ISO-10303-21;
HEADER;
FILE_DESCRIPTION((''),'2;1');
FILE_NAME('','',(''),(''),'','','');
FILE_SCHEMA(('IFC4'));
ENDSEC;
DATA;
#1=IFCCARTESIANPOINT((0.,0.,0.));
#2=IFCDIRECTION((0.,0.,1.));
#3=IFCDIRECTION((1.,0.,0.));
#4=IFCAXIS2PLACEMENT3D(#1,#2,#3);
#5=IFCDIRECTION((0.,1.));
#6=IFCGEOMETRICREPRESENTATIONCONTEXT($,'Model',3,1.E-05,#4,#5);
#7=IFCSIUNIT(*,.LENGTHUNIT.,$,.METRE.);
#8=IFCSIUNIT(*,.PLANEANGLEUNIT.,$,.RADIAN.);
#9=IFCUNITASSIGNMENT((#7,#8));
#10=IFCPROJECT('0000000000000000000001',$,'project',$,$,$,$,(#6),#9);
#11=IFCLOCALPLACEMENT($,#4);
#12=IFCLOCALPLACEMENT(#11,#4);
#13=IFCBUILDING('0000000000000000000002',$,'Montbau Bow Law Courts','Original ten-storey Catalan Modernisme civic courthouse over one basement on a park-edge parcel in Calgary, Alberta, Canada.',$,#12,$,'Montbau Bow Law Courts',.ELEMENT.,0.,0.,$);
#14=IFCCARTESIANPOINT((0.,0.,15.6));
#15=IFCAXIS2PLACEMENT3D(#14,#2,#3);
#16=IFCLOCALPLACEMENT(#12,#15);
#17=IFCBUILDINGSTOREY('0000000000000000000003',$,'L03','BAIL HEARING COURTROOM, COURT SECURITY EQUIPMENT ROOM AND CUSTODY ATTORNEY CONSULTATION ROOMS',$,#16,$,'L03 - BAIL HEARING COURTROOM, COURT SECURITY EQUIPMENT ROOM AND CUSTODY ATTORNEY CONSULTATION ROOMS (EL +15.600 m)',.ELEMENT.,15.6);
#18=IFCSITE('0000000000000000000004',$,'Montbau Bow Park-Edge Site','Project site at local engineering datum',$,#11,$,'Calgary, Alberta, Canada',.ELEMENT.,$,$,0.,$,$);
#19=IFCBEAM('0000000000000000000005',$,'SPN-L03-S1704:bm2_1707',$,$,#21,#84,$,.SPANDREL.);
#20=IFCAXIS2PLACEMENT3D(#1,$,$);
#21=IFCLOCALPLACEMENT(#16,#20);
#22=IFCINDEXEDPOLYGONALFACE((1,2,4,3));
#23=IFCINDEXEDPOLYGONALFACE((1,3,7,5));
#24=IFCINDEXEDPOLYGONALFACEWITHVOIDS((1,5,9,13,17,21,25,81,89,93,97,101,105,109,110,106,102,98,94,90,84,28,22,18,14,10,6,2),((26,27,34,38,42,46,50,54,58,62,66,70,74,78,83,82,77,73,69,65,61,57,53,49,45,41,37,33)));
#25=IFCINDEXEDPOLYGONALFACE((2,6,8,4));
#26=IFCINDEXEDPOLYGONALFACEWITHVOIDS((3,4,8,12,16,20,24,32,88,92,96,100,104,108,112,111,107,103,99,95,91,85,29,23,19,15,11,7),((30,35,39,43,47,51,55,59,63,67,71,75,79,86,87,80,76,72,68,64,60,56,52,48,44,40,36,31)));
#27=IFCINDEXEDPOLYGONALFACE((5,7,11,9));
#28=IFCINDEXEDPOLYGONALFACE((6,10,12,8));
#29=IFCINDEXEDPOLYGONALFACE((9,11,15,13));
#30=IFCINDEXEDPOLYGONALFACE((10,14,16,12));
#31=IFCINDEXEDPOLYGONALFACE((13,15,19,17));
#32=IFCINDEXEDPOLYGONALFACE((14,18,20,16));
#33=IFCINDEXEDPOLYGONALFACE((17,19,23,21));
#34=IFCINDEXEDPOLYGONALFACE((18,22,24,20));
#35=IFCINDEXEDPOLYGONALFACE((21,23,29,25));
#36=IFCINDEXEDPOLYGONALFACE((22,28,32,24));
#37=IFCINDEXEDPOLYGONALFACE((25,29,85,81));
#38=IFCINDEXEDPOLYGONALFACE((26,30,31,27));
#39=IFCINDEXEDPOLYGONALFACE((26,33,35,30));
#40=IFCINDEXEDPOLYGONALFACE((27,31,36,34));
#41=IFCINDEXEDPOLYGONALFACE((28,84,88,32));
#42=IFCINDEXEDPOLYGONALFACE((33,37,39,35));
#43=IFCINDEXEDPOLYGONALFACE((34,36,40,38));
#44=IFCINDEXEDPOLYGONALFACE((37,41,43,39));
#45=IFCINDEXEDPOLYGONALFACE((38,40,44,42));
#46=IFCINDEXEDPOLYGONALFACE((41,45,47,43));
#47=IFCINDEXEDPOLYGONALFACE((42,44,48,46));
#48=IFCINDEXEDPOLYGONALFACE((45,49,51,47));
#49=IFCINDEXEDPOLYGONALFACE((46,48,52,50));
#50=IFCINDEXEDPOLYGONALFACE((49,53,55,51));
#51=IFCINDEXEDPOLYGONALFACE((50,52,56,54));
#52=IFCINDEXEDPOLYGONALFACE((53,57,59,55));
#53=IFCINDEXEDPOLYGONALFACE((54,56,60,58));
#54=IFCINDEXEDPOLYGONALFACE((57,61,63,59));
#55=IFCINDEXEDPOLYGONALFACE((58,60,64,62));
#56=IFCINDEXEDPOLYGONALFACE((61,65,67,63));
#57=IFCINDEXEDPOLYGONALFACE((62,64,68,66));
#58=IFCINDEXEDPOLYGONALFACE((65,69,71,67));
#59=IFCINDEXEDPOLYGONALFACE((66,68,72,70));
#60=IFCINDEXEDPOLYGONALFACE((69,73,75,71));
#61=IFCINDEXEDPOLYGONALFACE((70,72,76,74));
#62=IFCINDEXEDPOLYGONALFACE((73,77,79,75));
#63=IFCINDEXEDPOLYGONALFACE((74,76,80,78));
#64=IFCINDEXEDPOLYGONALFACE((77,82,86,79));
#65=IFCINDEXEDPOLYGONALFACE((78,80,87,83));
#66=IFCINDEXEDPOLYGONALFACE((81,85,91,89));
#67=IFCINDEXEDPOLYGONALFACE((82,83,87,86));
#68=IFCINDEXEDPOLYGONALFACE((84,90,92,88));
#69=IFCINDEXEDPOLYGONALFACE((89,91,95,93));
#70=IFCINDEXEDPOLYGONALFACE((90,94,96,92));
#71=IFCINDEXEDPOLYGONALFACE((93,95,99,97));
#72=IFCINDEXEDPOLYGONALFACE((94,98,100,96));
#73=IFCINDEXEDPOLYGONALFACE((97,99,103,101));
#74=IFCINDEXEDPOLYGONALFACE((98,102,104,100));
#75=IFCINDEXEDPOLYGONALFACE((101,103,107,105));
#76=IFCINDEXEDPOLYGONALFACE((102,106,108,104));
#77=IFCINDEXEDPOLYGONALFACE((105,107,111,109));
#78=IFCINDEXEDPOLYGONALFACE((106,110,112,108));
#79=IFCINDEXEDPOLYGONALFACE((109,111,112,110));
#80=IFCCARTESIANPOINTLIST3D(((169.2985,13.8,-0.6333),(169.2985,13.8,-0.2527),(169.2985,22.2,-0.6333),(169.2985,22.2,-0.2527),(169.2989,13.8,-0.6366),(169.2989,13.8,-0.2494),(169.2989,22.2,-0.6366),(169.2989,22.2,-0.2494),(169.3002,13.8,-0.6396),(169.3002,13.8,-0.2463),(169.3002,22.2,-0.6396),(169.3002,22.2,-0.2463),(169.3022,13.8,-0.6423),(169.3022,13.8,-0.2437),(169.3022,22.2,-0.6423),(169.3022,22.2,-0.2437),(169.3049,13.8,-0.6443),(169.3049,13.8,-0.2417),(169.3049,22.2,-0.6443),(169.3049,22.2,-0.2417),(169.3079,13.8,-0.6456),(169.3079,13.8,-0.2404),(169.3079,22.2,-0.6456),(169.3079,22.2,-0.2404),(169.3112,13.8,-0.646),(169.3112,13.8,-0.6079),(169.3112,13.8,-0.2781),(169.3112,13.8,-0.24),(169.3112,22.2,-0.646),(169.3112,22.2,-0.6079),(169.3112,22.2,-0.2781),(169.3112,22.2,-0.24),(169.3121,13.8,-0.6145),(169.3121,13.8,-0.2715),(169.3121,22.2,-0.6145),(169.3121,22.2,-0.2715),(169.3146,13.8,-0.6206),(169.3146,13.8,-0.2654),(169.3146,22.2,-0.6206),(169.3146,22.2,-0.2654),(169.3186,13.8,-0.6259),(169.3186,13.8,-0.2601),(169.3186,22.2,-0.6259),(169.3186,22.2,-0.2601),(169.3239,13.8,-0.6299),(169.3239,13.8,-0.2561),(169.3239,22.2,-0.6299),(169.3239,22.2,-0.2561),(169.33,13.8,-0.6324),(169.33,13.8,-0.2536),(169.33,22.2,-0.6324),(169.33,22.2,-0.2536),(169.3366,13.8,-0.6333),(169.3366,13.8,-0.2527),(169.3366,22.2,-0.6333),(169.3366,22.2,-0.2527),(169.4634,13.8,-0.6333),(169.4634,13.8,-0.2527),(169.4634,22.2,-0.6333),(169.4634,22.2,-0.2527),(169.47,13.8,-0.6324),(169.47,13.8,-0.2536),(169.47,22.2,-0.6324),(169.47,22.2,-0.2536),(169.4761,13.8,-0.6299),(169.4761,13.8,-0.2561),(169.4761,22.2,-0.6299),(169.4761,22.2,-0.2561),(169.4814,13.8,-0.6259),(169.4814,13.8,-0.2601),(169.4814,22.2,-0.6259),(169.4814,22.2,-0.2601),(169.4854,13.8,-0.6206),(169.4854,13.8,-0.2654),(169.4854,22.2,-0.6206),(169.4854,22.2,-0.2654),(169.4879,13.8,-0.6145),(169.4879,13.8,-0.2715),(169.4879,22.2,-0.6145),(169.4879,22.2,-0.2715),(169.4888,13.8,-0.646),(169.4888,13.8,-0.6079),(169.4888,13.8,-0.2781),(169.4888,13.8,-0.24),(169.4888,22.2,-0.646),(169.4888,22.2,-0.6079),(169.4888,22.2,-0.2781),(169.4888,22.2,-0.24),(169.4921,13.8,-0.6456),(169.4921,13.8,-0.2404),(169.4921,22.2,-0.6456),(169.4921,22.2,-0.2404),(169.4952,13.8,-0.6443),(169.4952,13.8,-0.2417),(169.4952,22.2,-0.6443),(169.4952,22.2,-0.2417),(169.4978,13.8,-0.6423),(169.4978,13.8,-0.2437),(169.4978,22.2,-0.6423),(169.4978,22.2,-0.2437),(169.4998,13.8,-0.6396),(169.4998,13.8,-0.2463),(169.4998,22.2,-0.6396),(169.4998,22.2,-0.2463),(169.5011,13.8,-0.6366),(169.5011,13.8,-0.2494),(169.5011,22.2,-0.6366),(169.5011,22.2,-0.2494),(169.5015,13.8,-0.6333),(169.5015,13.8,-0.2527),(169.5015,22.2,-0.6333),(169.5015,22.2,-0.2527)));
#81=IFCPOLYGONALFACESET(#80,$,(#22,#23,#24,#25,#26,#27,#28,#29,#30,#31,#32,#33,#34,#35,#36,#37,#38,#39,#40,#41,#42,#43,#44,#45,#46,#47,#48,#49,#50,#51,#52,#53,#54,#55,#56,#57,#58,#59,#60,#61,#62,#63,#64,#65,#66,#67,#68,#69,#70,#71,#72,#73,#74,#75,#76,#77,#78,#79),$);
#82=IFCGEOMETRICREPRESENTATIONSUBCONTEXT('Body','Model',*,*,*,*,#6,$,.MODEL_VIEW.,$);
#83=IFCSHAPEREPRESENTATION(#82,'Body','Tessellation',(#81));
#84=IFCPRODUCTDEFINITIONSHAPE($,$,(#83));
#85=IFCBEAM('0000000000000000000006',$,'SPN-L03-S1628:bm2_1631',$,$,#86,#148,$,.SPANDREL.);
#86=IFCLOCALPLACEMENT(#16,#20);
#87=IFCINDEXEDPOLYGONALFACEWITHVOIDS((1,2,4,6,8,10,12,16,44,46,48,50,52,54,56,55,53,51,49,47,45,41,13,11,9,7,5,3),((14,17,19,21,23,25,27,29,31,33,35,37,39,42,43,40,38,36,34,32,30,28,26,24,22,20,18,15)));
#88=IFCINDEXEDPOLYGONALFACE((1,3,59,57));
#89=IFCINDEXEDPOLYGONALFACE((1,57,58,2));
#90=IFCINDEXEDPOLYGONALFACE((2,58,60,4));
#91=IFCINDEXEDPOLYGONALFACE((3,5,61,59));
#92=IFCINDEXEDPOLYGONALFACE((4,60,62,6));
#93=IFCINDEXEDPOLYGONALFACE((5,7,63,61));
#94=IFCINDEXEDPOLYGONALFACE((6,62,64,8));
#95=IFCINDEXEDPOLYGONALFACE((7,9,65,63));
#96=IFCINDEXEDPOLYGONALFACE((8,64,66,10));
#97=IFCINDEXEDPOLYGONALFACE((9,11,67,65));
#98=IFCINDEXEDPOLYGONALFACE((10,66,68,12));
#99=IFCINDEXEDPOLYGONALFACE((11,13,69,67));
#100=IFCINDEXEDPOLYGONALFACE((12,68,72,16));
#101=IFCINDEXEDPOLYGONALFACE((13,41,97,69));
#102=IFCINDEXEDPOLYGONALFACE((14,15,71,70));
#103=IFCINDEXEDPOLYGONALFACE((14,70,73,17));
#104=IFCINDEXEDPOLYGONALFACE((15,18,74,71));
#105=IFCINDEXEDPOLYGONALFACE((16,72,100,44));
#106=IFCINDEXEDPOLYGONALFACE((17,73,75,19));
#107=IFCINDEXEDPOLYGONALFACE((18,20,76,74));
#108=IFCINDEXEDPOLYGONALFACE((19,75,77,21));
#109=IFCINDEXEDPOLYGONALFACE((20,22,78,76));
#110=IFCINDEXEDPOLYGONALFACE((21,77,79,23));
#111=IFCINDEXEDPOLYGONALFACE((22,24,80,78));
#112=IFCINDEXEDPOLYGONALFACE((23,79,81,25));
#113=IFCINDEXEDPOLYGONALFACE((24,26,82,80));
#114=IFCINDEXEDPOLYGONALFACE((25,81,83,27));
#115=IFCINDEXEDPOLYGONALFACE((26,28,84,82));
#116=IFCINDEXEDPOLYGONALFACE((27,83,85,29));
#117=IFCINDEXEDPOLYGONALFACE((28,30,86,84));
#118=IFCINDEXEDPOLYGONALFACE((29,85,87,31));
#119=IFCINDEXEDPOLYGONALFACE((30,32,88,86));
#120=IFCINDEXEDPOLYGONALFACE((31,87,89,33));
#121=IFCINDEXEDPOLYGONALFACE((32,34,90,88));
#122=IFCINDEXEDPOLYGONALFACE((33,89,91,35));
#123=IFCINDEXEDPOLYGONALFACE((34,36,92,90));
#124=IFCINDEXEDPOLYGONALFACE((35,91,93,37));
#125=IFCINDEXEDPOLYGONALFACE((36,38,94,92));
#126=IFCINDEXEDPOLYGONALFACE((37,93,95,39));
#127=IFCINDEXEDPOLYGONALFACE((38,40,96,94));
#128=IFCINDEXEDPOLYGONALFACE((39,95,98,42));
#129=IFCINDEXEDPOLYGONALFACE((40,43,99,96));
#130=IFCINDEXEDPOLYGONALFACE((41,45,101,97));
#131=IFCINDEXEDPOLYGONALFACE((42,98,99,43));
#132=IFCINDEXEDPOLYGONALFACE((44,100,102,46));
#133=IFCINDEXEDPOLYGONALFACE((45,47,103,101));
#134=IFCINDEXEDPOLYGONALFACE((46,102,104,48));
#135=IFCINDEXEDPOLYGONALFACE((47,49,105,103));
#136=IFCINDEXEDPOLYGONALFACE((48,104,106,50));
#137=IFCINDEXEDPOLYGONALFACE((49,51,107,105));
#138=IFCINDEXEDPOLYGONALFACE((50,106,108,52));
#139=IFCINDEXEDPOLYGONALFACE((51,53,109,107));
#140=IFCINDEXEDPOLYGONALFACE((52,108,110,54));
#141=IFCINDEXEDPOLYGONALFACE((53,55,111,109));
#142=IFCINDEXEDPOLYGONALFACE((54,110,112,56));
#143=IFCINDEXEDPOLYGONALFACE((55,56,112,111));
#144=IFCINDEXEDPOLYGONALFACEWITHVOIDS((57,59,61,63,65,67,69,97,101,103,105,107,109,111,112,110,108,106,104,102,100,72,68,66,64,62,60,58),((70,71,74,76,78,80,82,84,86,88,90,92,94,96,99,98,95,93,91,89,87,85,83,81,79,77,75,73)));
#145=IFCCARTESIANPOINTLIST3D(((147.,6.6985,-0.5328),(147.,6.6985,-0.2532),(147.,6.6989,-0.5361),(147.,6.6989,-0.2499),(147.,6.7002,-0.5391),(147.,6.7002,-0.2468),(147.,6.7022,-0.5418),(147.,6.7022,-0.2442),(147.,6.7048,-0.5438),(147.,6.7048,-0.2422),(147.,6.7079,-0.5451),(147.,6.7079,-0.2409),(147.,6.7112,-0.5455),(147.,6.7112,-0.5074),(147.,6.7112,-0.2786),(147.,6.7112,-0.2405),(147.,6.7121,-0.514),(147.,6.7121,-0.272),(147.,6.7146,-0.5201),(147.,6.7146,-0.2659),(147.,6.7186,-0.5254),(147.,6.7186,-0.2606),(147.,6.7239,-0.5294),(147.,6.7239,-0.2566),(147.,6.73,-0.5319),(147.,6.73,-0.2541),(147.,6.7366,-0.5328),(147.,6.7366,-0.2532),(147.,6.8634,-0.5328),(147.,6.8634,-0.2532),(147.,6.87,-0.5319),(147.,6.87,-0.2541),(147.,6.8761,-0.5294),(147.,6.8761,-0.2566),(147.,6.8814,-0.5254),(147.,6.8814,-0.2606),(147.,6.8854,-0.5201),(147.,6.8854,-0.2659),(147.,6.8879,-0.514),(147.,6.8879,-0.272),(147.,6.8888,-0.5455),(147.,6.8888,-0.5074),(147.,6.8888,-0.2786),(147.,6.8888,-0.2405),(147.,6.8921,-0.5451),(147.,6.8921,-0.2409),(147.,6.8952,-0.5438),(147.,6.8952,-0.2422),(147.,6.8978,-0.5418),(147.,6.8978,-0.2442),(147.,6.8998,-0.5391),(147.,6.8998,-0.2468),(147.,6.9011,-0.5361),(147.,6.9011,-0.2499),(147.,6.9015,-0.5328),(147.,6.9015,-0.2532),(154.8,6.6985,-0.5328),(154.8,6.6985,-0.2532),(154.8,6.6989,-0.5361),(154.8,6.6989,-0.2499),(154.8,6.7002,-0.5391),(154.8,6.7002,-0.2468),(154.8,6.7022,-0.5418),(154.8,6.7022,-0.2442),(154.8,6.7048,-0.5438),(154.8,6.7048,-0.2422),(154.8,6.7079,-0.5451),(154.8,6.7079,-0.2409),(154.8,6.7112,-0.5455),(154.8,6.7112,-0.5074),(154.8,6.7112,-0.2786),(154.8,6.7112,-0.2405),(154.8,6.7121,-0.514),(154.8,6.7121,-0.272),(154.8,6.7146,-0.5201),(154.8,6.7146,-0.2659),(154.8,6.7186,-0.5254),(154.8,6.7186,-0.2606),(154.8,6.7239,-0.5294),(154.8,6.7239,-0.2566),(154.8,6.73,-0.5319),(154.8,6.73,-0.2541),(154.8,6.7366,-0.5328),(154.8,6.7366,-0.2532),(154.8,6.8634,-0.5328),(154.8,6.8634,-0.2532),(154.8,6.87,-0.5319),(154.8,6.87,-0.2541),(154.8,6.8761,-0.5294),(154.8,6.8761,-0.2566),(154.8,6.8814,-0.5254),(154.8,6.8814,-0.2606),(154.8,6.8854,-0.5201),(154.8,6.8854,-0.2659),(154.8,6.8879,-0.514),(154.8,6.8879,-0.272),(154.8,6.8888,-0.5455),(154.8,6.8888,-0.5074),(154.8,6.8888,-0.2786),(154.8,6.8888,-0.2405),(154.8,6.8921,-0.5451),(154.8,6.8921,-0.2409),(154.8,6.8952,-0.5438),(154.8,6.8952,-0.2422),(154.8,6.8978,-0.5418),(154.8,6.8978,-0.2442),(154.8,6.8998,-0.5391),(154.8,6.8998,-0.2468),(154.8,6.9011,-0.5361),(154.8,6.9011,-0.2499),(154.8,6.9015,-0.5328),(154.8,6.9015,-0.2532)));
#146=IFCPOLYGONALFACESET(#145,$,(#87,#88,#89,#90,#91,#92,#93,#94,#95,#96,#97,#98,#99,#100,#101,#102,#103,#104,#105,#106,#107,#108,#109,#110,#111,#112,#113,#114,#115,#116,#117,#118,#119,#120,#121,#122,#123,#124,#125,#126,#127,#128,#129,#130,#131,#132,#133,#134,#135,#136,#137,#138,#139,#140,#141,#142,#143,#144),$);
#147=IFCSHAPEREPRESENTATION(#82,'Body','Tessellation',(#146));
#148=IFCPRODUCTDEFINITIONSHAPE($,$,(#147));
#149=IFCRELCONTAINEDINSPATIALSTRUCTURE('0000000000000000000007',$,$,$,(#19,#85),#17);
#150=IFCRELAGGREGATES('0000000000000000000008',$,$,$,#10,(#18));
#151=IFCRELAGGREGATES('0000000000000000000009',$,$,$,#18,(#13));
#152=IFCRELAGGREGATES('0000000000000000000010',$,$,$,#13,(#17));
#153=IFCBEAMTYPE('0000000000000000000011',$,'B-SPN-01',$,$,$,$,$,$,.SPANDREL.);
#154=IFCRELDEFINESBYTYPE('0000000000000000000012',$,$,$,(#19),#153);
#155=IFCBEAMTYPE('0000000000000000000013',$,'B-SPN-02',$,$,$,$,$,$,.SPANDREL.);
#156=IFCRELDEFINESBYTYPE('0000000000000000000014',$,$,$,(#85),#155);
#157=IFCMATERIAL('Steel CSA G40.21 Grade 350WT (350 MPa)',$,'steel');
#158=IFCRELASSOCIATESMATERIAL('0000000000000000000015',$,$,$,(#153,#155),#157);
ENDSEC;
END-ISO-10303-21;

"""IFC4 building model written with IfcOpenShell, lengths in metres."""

from ifc_helpers import new_model, si_unit, direction, frame, origin_with_axes, origin_2d_with_axis, place, context, subcontext, project, spatial, hollow_rectangle, extrude, material, material_profile, profile_set, type_object, element, save


model = new_model("IFC4")

# Units and contexts
model_context = context("Model", 3, precision=1e-05, world=origin_with_axes(), true_north=direction((0.0, 1.0)))
body_context = subcontext(model_context, "Body", "Model", "MODEL_VIEW")
ifc_project = project(units=[si_unit("LENGTHUNIT", "METRE"), si_unit("PLANEANGLEUNIT", "RADIAN")], contexts=[model_context])

# Site, building, storey
site_placement = place(None, origin_with_axes())
site = spatial("IfcSite", under=ifc_project, at=site_placement, Name="Montbau Bow Park-Edge Site", Description="Project site at local engineering datum", LongName="Calgary, Alberta, Canada", CompositionType="ELEMENT", RefElevation=0.0)
building_placement = place(site_placement, origin_with_axes())
building = spatial("IfcBuilding", under=site, at=building_placement, Name="Montbau Bow Law Courts", Description="Original ten-storey Catalan Modernisme civic courthouse over one basement on a park-edge parcel in Calgary, Alberta, Canada.", LongName="Montbau Bow Law Courts", CompositionType="ELEMENT", ElevationOfRefHeight=0.0, ElevationOfTerrain=0.0)
storey_placement = place(building_placement, frame((0.0, 0.0, 15.6), z_axis=(0.0, 0.0, 1.0), x_axis=(1.0, 0.0, 0.0)))
storey = spatial("IfcBuildingStorey", under=building, at=storey_placement, Name="L03", Description="BAIL HEARING COURTROOM, COURT SECURITY EQUIPMENT ROOM AND CUSTODY ATTORNEY CONSULTATION ROOMS", LongName="L03 - BAIL HEARING COURTROOM, COURT SECURITY EQUIPMENT ROOM AND CUSTODY ATTORNEY CONSULTATION ROOMS (EL +15.600 m)", CompositionType="ELEMENT", Elevation=15.6)

# Beams
ifc_material_1 = material(Name="Steel CSA G40.21 Grade 350WT (350 MPa)", Category="steel")
ifc_material_profile_1 = material_profile(ifc_material_1, hollow_rectangle(XDim=0.203, YDim=0.406, WallThickness=0.0127, InnerFilletRadius=0.0254, OuterFilletRadius=0.0127, at=origin_2d_with_axis()), Name="HSS406X203X13", Category="Main", Priority=0)
ifc_profile_set_1 = profile_set([ifc_material_profile_1], Name="Steel CSA G40.21 Grade 350WT (350 MPa)")
beam_type_1 = type_object("IfcBeamType", Name="B-SPN-01", PredefinedType="SPANDREL", material=ifc_profile_set_1)
beam_1_placement = place(None, frame((169.4, 13.8, 15.157), z_axis=(0.0, 1.0, 0.0), x_axis=(-1.0, 0.0, 0.0)))
element("IfcBeam", 1, at=beam_1_placement, inside=storey, type_object=beam_type_1, Name="SPN-L03-S1704:bm2_1707", PredefinedType="SPANDREL", context=body_context, shape_type="SweptSolid", body=[
    extrude(hollow_rectangle(XDim=0.203, YDim=0.406, WallThickness=0.0127, InnerFilletRadius=0.0254, OuterFilletRadius=0.0127, at=origin_2d_with_axis()), origin_with_axes(), (0.0, 0.0, 1.0), 8.4),
])
ifc_material_profile_2 = material_profile(ifc_material_1, hollow_rectangle(XDim=0.203, YDim=0.305, WallThickness=0.0127, InnerFilletRadius=0.0254, OuterFilletRadius=0.0127, at=origin_2d_with_axis()), Name="HSS305X203X13", Category="Main", Priority=0)
ifc_profile_set_2 = profile_set([ifc_material_profile_2], Name="Steel CSA G40.21 Grade 350WT (350 MPa)")
beam_type_2 = type_object("IfcBeamType", Name="B-SPN-02", PredefinedType="SPANDREL", material=ifc_profile_set_2)
beam_2_placement = place(None, frame((147.0, 6.8, 15.207), z_axis=(1.0, 0.0, 0.0), x_axis=(0.0, 1.0, 0.0)))
element("IfcBeam", 2, at=beam_2_placement, inside=storey, type_object=beam_type_2, Name="SPN-L03-S1628:bm2_1631", PredefinedType="SPANDREL", context=body_context, shape_type="SweptSolid", body=[
    extrude(hollow_rectangle(XDim=0.203, YDim=0.305, WallThickness=0.0127, InnerFilletRadius=0.0254, OuterFilletRadius=0.0127, at=origin_2d_with_axis()), origin_with_axes(), (0.0, 0.0, 1.0), 7.8),
])

save(model, "model.ifc")
